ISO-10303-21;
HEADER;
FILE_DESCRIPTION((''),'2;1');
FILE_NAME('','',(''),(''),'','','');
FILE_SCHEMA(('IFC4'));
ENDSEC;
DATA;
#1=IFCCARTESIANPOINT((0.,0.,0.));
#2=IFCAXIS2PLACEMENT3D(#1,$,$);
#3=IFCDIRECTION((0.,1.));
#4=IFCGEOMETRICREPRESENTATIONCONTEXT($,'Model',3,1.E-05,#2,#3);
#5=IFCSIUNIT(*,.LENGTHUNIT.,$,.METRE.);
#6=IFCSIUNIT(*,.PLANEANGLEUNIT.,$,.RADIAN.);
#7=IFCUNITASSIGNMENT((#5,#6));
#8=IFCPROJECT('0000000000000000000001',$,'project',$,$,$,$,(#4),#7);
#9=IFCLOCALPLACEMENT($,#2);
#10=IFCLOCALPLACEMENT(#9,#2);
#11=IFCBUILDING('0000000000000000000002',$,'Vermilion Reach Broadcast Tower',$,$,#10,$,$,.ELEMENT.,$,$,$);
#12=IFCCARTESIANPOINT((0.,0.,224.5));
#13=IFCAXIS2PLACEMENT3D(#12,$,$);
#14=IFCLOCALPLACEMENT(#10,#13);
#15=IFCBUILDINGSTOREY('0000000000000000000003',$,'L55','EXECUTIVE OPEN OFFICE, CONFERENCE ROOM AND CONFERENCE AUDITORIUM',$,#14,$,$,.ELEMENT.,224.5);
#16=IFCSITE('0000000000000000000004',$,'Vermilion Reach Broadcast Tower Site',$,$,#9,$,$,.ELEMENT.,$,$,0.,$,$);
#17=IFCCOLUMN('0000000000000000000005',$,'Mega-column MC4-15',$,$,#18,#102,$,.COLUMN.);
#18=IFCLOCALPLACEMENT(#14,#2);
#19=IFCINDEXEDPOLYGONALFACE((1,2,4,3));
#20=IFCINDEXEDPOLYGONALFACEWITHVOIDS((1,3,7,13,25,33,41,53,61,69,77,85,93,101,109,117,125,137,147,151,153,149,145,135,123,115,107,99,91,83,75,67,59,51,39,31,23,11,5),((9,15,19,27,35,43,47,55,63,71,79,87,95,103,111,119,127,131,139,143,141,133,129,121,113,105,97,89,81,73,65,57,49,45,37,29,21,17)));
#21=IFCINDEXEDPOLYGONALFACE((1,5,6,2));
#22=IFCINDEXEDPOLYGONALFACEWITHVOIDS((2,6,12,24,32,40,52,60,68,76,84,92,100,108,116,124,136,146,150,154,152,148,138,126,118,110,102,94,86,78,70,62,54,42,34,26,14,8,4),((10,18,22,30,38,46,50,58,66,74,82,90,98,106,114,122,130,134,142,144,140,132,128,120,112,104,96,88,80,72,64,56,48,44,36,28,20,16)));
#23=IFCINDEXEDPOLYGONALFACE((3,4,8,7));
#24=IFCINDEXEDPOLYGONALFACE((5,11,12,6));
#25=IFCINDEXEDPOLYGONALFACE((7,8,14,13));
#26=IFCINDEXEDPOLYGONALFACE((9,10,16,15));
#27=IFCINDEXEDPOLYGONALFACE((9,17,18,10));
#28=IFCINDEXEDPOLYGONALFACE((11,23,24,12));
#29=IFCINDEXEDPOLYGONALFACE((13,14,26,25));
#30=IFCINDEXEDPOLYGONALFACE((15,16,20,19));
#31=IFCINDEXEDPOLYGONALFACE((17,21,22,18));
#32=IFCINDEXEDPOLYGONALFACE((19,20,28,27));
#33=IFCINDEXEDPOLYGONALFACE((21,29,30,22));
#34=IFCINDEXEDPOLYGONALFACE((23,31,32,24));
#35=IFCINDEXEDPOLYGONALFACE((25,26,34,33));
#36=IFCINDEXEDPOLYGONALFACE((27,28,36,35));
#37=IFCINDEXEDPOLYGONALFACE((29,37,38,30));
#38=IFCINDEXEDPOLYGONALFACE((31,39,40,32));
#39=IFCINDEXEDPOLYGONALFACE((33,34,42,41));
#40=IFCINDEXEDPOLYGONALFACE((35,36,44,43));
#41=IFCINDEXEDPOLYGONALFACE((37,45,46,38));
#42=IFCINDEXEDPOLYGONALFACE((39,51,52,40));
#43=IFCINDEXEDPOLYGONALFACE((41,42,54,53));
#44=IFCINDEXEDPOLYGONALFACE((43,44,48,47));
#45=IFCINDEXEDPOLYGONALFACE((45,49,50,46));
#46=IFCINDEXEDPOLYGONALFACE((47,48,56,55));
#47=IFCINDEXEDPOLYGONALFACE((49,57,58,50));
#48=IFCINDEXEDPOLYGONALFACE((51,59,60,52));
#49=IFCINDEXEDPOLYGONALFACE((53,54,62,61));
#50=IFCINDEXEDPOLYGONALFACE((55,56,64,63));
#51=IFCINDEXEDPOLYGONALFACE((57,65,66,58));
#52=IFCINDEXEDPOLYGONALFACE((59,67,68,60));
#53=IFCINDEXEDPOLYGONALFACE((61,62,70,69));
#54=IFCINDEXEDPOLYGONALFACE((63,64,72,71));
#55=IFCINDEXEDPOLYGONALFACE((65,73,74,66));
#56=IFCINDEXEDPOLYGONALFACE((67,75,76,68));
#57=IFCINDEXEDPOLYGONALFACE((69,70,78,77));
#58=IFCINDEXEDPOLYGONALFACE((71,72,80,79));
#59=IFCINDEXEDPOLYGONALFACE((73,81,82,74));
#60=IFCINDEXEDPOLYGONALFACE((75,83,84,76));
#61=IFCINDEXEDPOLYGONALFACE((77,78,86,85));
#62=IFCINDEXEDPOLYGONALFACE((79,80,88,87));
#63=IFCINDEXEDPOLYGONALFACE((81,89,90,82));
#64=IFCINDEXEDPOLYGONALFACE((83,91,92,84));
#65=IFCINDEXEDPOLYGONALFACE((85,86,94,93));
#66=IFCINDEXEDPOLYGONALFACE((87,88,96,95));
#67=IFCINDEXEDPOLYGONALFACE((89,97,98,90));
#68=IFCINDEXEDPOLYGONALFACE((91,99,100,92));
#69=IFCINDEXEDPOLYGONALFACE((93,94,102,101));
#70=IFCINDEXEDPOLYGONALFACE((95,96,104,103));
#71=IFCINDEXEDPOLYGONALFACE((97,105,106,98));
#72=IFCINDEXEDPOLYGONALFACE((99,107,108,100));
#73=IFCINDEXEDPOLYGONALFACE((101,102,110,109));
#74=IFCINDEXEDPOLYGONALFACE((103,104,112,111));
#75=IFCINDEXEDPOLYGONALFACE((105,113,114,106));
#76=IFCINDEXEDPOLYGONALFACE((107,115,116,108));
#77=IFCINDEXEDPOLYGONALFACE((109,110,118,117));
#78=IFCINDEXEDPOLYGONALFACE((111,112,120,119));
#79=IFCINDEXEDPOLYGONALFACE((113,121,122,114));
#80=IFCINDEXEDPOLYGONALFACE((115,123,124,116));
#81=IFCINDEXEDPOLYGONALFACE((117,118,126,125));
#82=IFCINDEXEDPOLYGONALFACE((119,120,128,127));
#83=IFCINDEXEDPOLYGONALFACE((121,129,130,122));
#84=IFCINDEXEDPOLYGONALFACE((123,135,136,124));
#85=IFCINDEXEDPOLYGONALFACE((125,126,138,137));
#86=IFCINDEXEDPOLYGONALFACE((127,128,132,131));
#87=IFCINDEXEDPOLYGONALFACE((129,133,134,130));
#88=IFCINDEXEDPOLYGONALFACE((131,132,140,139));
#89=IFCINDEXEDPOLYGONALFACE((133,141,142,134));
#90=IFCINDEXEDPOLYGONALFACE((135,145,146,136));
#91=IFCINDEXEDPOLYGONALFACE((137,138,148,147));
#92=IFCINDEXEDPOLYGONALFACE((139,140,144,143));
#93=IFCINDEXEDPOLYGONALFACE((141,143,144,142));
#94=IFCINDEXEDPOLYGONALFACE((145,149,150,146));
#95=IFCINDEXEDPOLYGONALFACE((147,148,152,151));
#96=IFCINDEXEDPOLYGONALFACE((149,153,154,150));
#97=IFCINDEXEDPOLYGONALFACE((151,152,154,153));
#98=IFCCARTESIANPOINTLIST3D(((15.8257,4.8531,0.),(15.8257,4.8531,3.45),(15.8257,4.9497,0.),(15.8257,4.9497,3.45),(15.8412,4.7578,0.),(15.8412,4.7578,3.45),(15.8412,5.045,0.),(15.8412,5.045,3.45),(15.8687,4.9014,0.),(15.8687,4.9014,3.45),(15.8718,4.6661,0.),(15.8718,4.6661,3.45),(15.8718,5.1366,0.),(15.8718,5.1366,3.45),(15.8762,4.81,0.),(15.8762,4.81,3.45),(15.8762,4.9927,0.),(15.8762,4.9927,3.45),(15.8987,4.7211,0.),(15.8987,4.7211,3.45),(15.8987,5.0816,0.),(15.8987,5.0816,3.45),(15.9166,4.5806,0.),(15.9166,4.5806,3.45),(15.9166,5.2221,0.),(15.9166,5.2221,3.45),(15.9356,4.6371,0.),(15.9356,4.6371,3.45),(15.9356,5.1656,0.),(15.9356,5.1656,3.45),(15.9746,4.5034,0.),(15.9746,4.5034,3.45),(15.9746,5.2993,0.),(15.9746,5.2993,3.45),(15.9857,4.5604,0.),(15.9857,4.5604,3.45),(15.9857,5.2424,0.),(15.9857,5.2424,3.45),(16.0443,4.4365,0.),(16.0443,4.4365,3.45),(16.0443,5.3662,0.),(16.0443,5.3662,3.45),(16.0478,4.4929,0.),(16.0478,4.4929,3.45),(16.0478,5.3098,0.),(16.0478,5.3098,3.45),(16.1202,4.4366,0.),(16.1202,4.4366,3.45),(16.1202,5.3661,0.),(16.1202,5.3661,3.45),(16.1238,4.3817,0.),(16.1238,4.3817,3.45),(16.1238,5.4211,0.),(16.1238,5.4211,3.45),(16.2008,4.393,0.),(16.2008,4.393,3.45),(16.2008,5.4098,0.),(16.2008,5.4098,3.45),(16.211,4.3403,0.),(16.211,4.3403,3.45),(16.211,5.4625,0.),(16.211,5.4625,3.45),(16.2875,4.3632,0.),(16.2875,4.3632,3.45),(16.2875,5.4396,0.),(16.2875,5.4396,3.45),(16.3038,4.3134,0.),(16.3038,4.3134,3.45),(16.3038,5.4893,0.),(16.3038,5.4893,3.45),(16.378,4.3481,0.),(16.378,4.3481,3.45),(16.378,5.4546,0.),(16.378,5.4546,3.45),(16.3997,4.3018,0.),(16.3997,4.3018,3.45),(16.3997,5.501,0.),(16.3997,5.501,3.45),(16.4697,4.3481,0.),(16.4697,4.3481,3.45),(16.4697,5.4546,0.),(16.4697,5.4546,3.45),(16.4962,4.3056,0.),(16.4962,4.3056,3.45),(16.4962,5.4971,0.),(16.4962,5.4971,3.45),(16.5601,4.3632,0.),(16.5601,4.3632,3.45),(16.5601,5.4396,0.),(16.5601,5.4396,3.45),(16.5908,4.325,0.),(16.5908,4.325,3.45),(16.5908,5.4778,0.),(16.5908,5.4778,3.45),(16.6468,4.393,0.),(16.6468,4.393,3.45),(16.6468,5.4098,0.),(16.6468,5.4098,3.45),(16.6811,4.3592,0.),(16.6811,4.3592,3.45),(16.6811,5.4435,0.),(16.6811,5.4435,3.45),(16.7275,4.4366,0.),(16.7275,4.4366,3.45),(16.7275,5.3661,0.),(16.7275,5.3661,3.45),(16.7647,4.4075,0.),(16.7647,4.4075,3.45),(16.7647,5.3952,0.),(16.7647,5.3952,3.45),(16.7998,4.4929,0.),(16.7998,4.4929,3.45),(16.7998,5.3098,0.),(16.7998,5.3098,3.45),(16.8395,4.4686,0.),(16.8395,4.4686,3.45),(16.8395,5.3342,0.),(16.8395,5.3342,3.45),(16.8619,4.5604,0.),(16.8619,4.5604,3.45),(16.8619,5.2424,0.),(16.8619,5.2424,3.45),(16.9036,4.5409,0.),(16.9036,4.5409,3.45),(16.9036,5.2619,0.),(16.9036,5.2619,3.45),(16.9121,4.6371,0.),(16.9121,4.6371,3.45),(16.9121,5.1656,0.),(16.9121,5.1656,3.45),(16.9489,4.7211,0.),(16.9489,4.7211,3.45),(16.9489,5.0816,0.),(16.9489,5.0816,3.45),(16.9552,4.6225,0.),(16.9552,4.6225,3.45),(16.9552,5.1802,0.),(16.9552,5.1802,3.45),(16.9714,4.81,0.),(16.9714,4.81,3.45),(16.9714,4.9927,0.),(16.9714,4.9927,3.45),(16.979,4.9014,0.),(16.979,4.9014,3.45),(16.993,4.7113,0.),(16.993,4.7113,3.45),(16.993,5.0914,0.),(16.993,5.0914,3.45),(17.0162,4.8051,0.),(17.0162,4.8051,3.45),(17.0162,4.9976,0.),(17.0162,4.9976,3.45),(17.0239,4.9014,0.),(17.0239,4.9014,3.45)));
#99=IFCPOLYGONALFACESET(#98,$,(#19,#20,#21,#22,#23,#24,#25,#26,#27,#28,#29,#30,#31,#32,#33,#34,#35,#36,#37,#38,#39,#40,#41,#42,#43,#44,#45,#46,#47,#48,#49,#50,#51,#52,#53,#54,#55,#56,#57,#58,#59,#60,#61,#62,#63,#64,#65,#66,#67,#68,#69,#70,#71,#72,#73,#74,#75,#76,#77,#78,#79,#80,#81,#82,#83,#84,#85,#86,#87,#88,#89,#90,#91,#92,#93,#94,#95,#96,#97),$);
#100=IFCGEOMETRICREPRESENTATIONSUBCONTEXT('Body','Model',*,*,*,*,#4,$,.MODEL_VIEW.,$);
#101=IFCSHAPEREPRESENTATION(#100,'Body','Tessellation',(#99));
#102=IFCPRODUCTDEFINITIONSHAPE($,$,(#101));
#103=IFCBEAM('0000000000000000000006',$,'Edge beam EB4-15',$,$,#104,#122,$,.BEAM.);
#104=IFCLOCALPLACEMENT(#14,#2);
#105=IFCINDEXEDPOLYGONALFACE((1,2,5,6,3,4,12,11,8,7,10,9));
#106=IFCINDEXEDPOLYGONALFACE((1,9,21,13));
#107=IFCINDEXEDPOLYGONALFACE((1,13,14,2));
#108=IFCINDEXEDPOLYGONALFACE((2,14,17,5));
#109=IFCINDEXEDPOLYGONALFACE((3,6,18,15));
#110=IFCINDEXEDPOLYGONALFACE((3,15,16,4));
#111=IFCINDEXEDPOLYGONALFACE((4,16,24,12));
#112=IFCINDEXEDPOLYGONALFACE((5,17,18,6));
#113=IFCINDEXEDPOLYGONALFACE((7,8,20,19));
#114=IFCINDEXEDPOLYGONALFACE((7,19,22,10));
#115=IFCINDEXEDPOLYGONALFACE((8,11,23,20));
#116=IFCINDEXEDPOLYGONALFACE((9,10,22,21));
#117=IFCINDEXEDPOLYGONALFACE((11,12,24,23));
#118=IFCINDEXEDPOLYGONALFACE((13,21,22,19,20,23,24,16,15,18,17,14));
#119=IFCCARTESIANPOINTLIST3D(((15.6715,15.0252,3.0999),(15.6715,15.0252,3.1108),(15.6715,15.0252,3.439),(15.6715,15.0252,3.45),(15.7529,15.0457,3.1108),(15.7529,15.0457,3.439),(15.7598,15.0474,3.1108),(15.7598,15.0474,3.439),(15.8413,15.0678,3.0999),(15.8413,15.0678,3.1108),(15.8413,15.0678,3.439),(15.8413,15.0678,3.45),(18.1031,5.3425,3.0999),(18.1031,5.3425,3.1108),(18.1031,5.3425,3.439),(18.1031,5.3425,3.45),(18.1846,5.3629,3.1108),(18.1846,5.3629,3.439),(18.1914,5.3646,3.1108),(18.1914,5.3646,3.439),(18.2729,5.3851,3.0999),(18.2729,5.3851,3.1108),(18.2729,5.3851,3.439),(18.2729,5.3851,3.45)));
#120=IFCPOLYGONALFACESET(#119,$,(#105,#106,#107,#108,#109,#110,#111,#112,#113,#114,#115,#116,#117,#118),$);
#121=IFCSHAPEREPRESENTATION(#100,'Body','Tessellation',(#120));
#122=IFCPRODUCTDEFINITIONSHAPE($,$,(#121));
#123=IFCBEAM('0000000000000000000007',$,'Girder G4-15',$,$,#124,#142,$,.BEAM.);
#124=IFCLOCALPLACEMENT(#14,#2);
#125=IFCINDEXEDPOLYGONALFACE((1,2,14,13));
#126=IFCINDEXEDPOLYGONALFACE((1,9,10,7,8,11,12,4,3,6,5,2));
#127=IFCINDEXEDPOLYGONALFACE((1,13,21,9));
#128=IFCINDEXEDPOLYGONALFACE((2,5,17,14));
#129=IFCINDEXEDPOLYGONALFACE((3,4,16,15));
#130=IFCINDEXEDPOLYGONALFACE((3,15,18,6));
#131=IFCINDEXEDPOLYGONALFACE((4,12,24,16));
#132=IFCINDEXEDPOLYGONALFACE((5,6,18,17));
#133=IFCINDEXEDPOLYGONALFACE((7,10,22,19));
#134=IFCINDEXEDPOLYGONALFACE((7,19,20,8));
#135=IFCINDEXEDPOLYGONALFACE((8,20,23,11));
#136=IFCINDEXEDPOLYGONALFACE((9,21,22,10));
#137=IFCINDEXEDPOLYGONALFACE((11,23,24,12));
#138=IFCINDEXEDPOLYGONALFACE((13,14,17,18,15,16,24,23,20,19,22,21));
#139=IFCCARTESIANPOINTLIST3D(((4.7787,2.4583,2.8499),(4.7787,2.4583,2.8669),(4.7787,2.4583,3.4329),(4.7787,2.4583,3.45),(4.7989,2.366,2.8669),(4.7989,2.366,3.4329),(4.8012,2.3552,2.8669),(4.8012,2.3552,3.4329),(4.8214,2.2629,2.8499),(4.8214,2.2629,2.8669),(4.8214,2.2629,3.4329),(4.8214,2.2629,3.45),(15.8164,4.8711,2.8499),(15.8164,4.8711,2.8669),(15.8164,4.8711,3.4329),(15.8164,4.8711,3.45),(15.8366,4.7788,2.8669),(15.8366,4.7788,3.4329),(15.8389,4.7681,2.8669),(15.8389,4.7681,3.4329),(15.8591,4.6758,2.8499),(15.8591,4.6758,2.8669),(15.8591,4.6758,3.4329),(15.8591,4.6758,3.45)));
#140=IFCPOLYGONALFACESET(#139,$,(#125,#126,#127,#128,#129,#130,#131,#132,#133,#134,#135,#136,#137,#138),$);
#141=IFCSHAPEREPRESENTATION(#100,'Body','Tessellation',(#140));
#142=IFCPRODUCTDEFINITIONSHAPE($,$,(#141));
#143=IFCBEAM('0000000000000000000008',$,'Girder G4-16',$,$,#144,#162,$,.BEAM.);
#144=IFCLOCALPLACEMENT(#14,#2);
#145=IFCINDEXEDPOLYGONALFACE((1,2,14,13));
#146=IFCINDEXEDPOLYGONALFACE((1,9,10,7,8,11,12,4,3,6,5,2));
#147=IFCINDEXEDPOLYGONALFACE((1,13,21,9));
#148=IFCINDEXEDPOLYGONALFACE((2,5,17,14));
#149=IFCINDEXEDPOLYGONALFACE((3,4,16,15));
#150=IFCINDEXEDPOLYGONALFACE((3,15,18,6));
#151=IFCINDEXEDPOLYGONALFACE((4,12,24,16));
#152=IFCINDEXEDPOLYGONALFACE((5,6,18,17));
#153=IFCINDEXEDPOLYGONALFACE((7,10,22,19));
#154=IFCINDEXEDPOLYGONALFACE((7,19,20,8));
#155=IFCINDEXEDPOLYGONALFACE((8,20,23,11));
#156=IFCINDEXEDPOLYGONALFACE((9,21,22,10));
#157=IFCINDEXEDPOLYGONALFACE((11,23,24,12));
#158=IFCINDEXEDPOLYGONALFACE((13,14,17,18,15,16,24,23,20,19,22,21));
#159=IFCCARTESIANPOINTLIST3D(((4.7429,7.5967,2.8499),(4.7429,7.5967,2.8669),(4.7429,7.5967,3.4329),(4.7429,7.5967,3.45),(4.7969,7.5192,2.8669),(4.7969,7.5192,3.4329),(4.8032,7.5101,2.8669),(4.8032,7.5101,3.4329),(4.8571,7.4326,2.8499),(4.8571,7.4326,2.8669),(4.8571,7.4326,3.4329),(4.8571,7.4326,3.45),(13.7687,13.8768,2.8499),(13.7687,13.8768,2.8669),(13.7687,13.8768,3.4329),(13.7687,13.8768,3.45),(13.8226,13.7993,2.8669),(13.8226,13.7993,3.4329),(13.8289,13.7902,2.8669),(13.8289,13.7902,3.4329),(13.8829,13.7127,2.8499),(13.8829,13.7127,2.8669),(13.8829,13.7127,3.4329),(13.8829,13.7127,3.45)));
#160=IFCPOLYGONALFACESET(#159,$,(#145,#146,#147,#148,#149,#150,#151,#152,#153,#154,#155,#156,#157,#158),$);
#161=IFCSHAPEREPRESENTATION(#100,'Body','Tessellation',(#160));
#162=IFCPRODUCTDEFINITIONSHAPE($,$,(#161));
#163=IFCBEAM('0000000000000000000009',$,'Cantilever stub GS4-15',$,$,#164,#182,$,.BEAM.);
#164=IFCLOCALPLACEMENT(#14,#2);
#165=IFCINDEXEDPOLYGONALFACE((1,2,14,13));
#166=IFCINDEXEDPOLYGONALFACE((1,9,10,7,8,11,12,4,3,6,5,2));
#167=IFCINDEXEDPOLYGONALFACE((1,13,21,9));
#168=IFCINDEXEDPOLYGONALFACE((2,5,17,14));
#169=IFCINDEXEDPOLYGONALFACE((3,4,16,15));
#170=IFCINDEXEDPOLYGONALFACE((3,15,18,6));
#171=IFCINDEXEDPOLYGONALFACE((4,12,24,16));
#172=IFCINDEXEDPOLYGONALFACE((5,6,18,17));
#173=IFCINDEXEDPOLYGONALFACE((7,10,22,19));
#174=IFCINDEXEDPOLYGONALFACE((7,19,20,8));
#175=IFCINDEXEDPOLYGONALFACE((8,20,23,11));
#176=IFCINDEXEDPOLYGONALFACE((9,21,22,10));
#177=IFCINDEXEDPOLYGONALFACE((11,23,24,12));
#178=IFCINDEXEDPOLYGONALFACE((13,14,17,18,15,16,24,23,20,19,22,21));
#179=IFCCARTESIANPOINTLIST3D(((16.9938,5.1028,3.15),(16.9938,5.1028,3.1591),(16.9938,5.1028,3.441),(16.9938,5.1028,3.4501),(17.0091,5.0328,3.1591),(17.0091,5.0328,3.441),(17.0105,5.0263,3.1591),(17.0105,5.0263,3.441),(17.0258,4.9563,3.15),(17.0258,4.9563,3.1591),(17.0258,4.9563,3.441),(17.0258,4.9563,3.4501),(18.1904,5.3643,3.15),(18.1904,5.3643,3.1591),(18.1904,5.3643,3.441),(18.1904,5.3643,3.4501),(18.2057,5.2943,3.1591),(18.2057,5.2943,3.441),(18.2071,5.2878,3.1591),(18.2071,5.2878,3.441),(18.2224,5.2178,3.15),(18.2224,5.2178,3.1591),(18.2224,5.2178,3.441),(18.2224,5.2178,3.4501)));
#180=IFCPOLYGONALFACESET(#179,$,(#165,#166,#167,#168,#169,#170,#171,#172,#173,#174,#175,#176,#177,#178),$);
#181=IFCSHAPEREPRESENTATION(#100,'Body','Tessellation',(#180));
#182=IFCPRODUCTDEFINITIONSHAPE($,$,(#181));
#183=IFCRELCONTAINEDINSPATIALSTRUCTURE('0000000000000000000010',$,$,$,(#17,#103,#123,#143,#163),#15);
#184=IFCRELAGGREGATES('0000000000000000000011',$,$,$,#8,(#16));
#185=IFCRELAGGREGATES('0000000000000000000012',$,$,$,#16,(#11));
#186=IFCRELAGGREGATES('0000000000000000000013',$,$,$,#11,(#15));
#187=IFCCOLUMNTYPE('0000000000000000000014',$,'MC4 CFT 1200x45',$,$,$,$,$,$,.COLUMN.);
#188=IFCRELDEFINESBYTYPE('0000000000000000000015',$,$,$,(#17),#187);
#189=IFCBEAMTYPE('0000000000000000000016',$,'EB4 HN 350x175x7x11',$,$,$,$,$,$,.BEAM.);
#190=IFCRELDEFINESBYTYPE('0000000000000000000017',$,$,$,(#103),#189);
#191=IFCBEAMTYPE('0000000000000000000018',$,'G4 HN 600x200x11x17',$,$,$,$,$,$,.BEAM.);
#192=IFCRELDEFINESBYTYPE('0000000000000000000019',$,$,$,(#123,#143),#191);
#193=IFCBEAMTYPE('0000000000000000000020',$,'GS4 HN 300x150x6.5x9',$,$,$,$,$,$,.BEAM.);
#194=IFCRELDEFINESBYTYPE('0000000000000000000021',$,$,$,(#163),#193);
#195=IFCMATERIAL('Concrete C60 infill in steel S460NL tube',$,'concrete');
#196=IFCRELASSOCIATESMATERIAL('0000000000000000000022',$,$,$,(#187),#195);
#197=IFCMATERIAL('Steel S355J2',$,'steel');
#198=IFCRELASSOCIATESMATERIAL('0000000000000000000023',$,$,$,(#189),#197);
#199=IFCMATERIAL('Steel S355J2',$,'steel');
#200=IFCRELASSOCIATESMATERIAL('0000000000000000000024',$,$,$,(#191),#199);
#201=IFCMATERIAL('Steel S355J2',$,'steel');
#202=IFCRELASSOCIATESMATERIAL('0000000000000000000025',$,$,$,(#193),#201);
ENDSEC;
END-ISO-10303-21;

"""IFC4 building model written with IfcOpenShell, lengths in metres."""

from ifc_helpers import new_model, si_unit, direction, frame, origin, origin_2d, place, context, subcontext, project, spatial, hollow_circle, i_section, extrude, material, material_profile, profile_set, type_object, element, save


model = new_model("IFC4")

# Units and contexts
model_context = context("Model", 3, precision=1e-05, world=origin(), true_north=direction((0.0, 1.0)))
body_context = subcontext(model_context, "Body", "Model", "MODEL_VIEW")
ifc_project = project(units=[si_unit("LENGTHUNIT", "METRE"), si_unit("PLANEANGLEUNIT", "RADIAN")], contexts=[model_context])

# Site, building, storey
site_placement = place(None, origin())
site = spatial("IfcSite", under=ifc_project, at=site_placement, Name="Vermilion Reach Broadcast Tower Site", CompositionType="ELEMENT", RefElevation=0.0)
building_placement = place(site_placement, origin())
building = spatial("IfcBuilding", under=site, at=building_placement, Name="Vermilion Reach Broadcast Tower", CompositionType="ELEMENT")
storey_placement = place(building_placement, frame((0.0, 0.0, 224.5)))
storey = spatial("IfcBuildingStorey", under=building, at=storey_placement, Name="L55", Description="EXECUTIVE OPEN OFFICE, CONFERENCE ROOM AND CONFERENCE AUDITORIUM", CompositionType="ELEMENT", Elevation=224.5)

# Column
ifc_material_1 = material(Name="Concrete C60 infill in steel S460NL tube", Category="concrete")
ifc_material_profile_1 = material_profile(ifc_material_1, hollow_circle(Radius=0.6001, WallThickness=0.0449, at=origin_2d()), Name="Concrete C60 infill in steel S460NL tube CFT 1200x45")
ifc_profile_set_1 = profile_set([ifc_material_profile_1], Name="Concrete C60 infill in steel S460NL tube")
column_type = type_object("IfcColumnType", Name="MC4 CFT 1200x45", PredefinedType="COLUMN", material=ifc_profile_set_1)
column_placement = place(storey_placement, frame((16.4238, 4.9014, 0.0), z_axis=(0.0, 0.0, 1.0), x_axis=(1.0, 0.0, 0.0)))
element("IfcColumn", 1, at=column_placement, inside=storey, type_object=column_type, Name="Mega-column MC4-15", PredefinedType="COLUMN", context=body_context, shape_type="SweptSolid", body=[
    extrude(hollow_circle(Radius=0.6001, WallThickness=0.0449, at=origin_2d()), origin(), (0.0, 0.0, 1.0), 3.45),
])

# Beams
ifc_material_2 = material(Name="Steel S355J2", Category="steel")
ifc_material_profile_2 = material_profile(ifc_material_2, i_section(OverallWidth=0.175, OverallDepth=0.3501, WebThickness=0.0071, FlangeThickness=0.011, at=origin_2d()), Name="S355J2 HN 350x175x7x11")
ifc_profile_set_2 = profile_set([ifc_material_profile_2], Name="Steel S355J2")
beam_type_1 = type_object("IfcBeamType", Name="EB4 HN 350x175x7x11", PredefinedType="BEAM", material=ifc_profile_set_2)
beam_1_placement = place(storey_placement, frame((18.188, 5.3638, 3.2749), z_axis=(-0.243565, 0.969884, 0.0), x_axis=(-0.969884, -0.243565, 0.0)))
element("IfcBeam", 2, at=beam_1_placement, inside=storey, type_object=beam_type_1, Name="Edge beam EB4-15", PredefinedType="BEAM", context=body_context, shape_type="SweptSolid", body=[
    extrude(i_section(OverallWidth=0.175, OverallDepth=0.3501, WebThickness=0.0071, FlangeThickness=0.011, at=origin_2d()), origin(), (0.0, 0.0, 1.0), 9.9834),
])
ifc_material_3 = material(Name="Steel S355J2", Category="steel")
ifc_material_profile_3 = material_profile(ifc_material_3, i_section(OverallWidth=0.2, OverallDepth=0.6001, WebThickness=0.011, FlangeThickness=0.0171, at=origin_2d()), Name="S355J2 HN 600x200x11x17")
ifc_profile_set_3 = profile_set([ifc_material_profile_3], Name="Steel S355J2")
beam_type_2 = type_object("IfcBeamType", Name="G4 HN 600x200x11x17", PredefinedType="BEAM", material=ifc_profile_set_3)
beam_2_placement = place(storey_placement, frame((4.8, 2.3606, 3.1499), z_axis=(0.97693, 0.213559, 0.0), x_axis=(-0.213559, 0.97693, 0.0)))
element("IfcBeam", 3, at=beam_2_placement, inside=storey, type_object=beam_type_2, Name="Girder G4-15", PredefinedType="BEAM", context=body_context, shape_type="SweptSolid", body=[
    extrude(i_section(OverallWidth=0.2, OverallDepth=0.6001, WebThickness=0.011, FlangeThickness=0.0171, at=origin_2d()), origin(), (0.0, 0.0, 1.0), 11.2983),
])
beam_3_placement = place(storey_placement, frame((4.8, 7.5146, 3.1499), z_axis=(0.820849, 0.571146, 0.0), x_axis=(-0.571146, 0.820849, 0.0)))
element("IfcBeam", 4, at=beam_3_placement, inside=storey, type_object=beam_type_2, Name="Girder G4-16", PredefinedType="BEAM", context=body_context, shape_type="SweptSolid", body=[
    extrude(i_section(OverallWidth=0.2, OverallDepth=0.6001, WebThickness=0.011, FlangeThickness=0.0171, at=origin_2d()), origin(), (0.0, 0.0, 1.0), 10.9956),
])
ifc_material_4 = material(Name="Steel S355J2", Category="steel")
ifc_material_profile_4 = material_profile(ifc_material_4, i_section(OverallWidth=0.1499, OverallDepth=0.3, WebThickness=0.0066, FlangeThickness=0.009, at=origin_2d()), Name="S355J2 HN 300x150x6.5x9")
ifc_profile_set_4 = profile_set([ifc_material_profile_4], Name="Steel S355J2")
beam_type_3 = type_object("IfcBeamType", Name="GS4 HN 300x150x6.5x9", PredefinedType="BEAM", material=ifc_profile_set_4)
beam_4_placement = place(storey_placement, frame((17.0098, 5.0295, 3.3), z_axis=(0.976946, 0.213489, 0.0), x_axis=(-0.213489, 0.976946, 0.0)))
element("IfcBeam", 5, at=beam_4_placement, inside=storey, type_object=beam_type_3, Name="Cantilever stub GS4-15", PredefinedType="BEAM", context=body_context, shape_type="SweptSolid", body=[
    extrude(i_section(OverallWidth=0.1499, OverallDepth=0.3, WebThickness=0.0066, FlangeThickness=0.009, at=origin_2d()), origin(), (0.0, 0.0, 1.0), 1.2249),
])

save(model, "model.ifc")
